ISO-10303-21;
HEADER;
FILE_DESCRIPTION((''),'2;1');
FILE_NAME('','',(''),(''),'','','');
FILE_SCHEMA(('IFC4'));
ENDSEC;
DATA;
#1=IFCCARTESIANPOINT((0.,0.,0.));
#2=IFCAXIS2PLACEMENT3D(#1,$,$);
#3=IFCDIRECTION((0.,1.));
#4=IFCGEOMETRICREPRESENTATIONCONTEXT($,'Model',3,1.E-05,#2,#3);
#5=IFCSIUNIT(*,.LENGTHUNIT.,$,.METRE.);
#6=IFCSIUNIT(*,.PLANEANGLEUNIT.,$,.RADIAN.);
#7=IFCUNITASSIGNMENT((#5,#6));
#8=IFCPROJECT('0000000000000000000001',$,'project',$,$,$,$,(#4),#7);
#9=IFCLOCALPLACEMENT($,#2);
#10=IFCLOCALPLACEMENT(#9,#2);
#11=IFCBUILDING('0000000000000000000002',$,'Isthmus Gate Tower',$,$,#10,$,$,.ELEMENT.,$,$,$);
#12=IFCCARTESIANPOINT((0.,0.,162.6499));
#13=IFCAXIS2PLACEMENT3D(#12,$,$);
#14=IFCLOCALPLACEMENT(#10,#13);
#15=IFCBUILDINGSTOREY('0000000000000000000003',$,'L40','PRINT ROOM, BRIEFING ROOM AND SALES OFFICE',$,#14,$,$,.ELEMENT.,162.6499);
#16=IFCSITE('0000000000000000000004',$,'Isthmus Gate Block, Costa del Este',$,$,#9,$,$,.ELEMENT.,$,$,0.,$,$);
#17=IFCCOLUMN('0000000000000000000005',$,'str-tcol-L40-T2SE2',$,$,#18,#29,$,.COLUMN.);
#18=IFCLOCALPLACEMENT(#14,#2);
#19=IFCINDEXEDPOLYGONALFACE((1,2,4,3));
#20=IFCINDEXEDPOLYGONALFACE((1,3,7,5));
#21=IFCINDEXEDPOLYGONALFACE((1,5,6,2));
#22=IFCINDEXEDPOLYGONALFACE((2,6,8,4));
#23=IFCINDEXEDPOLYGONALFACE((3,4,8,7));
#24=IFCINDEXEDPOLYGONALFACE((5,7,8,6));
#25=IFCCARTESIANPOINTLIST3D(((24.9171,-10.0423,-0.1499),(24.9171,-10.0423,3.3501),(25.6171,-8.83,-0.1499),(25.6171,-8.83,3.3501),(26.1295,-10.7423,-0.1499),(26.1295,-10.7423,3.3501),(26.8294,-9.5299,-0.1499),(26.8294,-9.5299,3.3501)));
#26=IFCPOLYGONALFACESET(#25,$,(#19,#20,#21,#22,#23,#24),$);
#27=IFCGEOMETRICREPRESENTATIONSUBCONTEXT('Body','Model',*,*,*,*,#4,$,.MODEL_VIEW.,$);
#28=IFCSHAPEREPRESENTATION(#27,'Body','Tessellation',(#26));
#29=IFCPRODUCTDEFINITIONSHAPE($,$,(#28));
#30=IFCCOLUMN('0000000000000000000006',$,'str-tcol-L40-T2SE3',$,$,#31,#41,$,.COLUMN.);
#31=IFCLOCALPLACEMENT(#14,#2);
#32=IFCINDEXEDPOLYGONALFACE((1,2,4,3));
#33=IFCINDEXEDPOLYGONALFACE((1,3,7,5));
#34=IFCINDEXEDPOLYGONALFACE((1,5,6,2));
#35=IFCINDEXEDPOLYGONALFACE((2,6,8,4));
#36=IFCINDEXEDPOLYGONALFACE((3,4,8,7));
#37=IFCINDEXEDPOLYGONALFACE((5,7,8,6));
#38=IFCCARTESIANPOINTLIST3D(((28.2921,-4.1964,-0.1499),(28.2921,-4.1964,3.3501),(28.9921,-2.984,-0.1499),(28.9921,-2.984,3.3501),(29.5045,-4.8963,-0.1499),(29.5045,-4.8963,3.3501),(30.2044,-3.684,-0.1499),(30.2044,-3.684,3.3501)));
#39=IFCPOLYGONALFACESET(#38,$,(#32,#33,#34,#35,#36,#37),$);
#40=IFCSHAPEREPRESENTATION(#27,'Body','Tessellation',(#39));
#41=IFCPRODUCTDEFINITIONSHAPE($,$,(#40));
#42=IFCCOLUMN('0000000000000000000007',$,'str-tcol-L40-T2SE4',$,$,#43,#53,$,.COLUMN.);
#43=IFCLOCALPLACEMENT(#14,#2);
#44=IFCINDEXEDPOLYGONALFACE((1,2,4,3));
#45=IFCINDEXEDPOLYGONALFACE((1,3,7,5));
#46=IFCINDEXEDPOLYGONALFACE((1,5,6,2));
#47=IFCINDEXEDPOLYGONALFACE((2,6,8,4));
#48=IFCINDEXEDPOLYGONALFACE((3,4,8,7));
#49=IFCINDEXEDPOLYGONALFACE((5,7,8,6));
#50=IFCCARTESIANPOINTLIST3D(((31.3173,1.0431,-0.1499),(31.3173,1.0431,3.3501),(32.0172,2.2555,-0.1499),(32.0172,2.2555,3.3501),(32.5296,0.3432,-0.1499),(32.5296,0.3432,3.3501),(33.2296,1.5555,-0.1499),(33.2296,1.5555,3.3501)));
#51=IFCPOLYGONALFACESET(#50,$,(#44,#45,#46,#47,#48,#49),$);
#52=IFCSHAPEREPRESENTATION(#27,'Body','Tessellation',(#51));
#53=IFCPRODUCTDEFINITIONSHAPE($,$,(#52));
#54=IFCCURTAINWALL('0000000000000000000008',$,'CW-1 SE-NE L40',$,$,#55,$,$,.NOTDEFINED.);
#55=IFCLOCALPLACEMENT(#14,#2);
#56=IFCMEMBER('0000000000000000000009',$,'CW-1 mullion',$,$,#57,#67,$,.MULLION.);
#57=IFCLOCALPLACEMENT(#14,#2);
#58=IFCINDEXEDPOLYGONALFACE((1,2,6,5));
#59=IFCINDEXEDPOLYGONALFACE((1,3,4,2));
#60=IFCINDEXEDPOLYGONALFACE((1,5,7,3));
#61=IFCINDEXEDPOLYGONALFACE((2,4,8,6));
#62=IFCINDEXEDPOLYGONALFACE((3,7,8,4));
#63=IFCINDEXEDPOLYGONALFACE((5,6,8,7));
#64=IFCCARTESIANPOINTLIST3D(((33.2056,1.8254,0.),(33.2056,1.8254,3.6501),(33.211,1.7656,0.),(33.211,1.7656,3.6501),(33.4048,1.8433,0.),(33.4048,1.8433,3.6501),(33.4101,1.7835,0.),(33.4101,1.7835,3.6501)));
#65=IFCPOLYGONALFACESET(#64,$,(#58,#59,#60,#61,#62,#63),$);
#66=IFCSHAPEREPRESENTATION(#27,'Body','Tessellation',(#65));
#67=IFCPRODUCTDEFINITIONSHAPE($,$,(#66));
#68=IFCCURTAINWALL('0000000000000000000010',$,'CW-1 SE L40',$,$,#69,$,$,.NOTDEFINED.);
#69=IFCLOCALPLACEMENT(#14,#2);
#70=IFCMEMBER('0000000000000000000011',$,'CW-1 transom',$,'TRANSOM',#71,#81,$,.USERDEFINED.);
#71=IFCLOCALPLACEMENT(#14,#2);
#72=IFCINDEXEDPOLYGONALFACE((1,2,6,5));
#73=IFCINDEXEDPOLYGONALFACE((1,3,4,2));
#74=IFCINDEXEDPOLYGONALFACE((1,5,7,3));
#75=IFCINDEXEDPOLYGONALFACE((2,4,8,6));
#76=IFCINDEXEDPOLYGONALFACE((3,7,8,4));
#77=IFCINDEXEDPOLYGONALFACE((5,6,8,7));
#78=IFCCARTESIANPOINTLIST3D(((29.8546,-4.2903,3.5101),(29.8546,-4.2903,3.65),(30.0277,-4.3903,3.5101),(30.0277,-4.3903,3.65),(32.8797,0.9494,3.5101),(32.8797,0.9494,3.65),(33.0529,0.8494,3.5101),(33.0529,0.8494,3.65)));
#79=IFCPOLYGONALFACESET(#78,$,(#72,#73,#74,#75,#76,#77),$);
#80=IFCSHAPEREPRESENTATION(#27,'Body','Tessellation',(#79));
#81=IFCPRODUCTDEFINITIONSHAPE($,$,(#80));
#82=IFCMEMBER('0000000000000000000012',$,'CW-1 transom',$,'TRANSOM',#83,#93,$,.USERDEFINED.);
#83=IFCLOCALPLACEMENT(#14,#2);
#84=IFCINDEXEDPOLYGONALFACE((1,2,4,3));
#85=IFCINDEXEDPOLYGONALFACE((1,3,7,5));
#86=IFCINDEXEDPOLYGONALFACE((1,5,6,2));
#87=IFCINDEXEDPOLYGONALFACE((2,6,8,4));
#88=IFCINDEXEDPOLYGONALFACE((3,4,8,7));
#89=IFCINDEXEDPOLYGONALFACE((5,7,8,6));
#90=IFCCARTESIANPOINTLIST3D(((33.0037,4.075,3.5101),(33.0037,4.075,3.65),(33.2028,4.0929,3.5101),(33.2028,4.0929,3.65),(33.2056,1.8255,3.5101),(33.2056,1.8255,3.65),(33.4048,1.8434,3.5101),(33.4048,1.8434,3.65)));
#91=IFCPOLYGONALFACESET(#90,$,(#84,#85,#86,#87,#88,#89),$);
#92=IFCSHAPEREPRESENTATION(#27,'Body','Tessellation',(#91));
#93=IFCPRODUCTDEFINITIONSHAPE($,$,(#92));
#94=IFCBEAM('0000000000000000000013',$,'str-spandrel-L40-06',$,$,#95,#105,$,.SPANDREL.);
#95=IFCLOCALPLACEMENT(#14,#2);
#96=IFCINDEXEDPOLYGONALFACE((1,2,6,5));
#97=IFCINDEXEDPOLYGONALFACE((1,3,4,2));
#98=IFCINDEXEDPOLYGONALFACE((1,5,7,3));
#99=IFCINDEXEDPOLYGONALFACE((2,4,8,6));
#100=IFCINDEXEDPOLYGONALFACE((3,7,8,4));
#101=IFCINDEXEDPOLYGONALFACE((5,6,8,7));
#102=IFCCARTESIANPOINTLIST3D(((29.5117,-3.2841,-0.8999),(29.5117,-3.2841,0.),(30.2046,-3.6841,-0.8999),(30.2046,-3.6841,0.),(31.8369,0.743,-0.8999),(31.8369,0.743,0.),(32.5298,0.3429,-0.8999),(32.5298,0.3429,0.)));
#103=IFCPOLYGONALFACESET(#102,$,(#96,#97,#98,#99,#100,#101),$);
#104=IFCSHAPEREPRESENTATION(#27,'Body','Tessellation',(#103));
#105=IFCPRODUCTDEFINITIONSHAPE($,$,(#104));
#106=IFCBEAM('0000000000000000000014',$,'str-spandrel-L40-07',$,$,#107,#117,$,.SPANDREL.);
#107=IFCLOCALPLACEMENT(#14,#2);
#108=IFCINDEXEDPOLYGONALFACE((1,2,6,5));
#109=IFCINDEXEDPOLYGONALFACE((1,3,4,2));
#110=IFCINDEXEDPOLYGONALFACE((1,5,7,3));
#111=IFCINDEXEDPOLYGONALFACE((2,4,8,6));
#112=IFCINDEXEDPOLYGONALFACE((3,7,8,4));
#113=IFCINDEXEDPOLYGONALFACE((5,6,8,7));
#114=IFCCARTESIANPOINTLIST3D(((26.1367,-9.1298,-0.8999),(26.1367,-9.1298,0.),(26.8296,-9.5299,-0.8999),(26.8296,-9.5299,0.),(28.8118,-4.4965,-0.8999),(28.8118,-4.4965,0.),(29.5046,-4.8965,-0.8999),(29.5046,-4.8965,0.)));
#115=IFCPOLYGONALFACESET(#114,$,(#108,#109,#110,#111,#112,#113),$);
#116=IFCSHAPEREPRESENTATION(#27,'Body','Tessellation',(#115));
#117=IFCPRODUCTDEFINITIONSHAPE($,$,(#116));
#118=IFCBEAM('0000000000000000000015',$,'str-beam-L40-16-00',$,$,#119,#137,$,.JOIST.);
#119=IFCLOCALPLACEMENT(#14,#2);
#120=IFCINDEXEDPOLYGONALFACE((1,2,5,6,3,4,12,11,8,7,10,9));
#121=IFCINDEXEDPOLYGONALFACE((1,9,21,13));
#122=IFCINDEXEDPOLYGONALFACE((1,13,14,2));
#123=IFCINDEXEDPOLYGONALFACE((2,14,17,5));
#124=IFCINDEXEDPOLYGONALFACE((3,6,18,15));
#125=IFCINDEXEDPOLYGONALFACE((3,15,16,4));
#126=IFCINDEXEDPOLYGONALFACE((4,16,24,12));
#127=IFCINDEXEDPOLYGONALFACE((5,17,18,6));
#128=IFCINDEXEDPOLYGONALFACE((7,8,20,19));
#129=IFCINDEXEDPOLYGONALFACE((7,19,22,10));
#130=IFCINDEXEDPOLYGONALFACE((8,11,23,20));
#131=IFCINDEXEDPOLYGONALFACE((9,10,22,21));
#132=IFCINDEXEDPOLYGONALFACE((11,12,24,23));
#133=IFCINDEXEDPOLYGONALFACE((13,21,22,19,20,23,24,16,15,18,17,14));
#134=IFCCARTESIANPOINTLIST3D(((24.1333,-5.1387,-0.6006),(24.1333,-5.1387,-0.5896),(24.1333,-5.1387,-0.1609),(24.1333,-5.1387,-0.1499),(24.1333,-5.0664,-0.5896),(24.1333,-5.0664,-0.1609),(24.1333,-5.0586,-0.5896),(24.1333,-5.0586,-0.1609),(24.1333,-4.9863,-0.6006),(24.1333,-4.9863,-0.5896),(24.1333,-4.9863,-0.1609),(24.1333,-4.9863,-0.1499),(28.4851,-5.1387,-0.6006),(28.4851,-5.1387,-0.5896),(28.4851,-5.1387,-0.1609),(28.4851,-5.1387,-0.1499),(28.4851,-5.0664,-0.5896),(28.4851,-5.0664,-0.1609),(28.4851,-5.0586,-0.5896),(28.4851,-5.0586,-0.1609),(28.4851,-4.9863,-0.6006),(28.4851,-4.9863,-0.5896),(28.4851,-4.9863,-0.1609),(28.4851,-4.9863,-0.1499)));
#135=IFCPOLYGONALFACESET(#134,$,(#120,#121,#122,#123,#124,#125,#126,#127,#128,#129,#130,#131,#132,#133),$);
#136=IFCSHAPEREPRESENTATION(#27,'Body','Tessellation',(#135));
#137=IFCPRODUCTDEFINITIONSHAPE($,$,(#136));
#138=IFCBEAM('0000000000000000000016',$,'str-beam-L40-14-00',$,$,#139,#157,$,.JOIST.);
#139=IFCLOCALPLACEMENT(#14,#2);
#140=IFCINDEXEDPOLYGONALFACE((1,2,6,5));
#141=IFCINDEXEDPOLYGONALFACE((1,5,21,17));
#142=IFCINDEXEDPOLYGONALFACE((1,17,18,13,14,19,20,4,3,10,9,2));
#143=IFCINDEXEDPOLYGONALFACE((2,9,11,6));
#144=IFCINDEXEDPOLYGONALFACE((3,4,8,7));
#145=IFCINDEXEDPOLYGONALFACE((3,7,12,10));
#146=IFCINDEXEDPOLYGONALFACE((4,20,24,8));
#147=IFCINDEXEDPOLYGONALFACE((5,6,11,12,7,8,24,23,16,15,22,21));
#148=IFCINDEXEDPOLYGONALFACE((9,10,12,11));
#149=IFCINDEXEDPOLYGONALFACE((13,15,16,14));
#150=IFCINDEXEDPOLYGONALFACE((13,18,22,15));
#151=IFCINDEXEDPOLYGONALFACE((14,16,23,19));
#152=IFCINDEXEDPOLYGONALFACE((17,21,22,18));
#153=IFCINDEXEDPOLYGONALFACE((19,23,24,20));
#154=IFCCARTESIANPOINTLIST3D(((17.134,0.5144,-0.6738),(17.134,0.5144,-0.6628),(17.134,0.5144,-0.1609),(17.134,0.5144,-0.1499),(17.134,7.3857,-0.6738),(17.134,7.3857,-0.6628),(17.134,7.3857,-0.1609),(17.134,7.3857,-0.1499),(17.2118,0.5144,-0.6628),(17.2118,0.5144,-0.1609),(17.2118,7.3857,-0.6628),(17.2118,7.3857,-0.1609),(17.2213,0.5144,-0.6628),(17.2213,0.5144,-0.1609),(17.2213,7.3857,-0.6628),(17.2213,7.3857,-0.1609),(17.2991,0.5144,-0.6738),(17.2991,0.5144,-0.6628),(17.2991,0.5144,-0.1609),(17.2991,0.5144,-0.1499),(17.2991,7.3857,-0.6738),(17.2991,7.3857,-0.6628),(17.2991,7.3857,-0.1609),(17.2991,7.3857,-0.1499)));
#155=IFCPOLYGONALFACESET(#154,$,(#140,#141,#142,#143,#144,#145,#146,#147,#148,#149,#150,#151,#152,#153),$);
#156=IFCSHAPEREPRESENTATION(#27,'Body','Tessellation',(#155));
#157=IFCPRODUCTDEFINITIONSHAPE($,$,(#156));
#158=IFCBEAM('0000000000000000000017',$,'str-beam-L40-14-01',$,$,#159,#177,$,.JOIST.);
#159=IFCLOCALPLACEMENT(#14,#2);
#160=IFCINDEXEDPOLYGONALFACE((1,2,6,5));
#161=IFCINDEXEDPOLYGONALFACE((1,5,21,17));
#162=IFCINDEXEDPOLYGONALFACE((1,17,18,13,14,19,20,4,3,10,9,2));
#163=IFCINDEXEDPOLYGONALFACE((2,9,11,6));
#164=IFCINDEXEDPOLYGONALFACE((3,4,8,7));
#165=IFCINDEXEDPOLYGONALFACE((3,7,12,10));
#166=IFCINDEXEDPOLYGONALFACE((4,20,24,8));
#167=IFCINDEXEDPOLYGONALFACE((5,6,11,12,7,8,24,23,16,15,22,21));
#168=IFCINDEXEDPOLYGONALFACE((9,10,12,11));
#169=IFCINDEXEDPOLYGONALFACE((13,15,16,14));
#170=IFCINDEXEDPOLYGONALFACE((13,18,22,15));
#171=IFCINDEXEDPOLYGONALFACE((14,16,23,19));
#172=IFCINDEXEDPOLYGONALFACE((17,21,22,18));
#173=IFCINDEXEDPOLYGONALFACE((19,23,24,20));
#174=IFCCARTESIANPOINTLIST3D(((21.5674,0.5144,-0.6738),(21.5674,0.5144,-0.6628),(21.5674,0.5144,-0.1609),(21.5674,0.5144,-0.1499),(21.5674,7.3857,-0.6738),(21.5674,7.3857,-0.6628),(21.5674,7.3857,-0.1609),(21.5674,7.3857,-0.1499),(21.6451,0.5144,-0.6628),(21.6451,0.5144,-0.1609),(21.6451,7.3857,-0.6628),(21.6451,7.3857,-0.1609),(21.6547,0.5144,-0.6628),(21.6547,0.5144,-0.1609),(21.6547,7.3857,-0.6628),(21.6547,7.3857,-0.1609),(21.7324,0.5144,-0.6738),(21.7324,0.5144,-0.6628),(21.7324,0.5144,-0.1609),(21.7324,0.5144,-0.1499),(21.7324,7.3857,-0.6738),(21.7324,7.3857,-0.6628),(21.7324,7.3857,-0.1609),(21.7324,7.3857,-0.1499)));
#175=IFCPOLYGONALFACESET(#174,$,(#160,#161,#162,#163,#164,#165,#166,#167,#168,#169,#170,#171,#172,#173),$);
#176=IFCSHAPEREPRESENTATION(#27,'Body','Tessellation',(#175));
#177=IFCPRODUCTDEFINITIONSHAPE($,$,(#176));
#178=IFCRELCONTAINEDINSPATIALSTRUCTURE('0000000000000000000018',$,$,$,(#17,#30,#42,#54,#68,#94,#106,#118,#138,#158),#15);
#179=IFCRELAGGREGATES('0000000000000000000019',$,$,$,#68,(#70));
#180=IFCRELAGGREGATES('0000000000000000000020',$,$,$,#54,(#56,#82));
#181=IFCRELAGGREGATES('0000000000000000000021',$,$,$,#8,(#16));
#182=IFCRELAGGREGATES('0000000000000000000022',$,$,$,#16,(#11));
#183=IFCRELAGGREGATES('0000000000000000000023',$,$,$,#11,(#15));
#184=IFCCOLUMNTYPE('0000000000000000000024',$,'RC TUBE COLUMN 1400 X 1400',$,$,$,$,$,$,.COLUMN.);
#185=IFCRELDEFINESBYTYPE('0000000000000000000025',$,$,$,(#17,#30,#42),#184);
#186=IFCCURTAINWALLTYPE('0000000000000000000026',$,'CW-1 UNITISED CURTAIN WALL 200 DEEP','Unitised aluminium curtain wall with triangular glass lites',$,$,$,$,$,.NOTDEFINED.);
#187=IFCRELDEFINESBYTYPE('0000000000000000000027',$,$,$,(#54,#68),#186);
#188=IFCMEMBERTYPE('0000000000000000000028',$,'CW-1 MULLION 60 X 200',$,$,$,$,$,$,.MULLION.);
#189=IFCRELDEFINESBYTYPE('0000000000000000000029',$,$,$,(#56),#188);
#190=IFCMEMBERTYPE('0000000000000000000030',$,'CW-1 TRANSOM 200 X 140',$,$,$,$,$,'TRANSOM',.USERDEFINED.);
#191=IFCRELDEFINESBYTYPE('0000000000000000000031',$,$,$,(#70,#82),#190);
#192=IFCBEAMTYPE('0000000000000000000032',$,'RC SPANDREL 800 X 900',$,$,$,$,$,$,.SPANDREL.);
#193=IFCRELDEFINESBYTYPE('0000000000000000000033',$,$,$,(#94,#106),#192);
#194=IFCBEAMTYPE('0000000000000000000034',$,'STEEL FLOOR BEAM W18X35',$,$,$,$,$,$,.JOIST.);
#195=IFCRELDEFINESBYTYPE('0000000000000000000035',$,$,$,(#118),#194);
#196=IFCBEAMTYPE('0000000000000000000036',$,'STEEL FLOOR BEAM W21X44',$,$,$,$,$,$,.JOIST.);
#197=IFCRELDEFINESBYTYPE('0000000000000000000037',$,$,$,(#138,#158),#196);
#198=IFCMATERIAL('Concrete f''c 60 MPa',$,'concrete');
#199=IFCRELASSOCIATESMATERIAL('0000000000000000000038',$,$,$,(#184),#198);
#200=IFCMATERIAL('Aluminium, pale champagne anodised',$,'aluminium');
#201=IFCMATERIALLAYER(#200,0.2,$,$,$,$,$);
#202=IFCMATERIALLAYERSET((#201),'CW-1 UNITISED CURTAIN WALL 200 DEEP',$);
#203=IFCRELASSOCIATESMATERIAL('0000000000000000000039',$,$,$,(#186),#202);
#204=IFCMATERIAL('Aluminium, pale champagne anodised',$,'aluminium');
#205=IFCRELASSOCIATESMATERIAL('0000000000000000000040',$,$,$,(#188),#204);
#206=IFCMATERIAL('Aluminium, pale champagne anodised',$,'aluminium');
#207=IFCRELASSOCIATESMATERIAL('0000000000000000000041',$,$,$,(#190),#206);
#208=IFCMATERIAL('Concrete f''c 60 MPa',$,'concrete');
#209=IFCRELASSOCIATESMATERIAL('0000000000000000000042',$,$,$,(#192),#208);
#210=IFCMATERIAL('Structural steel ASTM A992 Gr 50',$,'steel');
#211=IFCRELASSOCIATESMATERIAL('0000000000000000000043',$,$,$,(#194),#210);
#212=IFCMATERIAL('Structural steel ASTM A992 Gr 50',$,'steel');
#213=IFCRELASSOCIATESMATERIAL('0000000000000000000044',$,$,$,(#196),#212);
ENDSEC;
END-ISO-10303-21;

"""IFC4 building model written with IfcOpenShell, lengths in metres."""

from ifc_helpers import new_model, si_unit, direction, frame, origin, origin_2d, place, context, subcontext, project, spatial, rectangle, i_section, extrude, material, layer, layer_set, material_profile, profile_set, type_object, element, aggregate, save


model = new_model("IFC4")

# Units and contexts
model_context = context("Model", 3, precision=1e-05, world=origin(), true_north=direction((0.0, 1.0)))
body_context = subcontext(model_context, "Body", "Model", "MODEL_VIEW")
ifc_project = project(units=[si_unit("LENGTHUNIT", "METRE"), si_unit("PLANEANGLEUNIT", "RADIAN")], contexts=[model_context])

# Site, building, storey
site_placement = place(None, origin())
site = spatial("IfcSite", under=ifc_project, at=site_placement, Name="Isthmus Gate Block, Costa del Este", CompositionType="ELEMENT", RefElevation=0.0)
building_placement = place(site_placement, origin())
building = spatial("IfcBuilding", under=site, at=building_placement, Name="Isthmus Gate Tower", CompositionType="ELEMENT")
storey_placement = place(building_placement, frame((0.0, 0.0, 162.6499)))
storey = spatial("IfcBuildingStorey", under=building, at=storey_placement, Name="L40", Description="PRINT ROOM, BRIEFING ROOM AND SALES OFFICE", CompositionType="ELEMENT", Elevation=162.6499)

# Columns
ifc_material_1 = material(Name="Concrete f'c 60 MPa", Category="concrete")
ifc_material_profile_1 = material_profile(ifc_material_1, rectangle(XDim=1.3999, YDim=1.3999, at=origin_2d()), Name="RC 1400X1400")
ifc_profile_set_1 = profile_set([ifc_material_profile_1], Name="Concrete f'c 60 MPa")
column_type = type_object("IfcColumnType", Name="RC TUBE COLUMN 1400 X 1400", PredefinedType="COLUMN", material=ifc_profile_set_1)
for number, where, z_axis, x_axis, name in (
    (1, (25.8733, -9.7861, -0.1499), (0.0, 0.0, 1.0), (0.5, 0.866025, 0.0), "str-tcol-L40-T2SE2"),
    (2, (29.2483, -3.9402, -0.1499), (0.0, 0.0, 1.0), (0.5, 0.866025, 0.0), "str-tcol-L40-T2SE3"),
    (3, (32.2734, 1.2993, -0.1499), (0.0, 0.0, 1.0), (0.5, 0.866025, 0.0), "str-tcol-L40-T2SE4"),
):
    element("IfcColumn", number, at=place(storey_placement, frame(where, z_axis=z_axis, x_axis=x_axis)), inside=storey, type_object=column_type, Name=name, PredefinedType="COLUMN", context=body_context, shape_type="SweptSolid", body=[
        extrude(rectangle(XDim=1.3999, YDim=1.3999, at=origin_2d()), origin(), (0.0, 0.0, 1.0), 3.5),
    ])

# Curtain walls, members
ifc_material_2 = material(Name="Aluminium, pale champagne anodised", Category="aluminium")
ifc_layer_1 = layer(ifc_material_2, 0.2)
ifc_layer_set_1 = layer_set([ifc_layer_1], Name="CW-1 UNITISED CURTAIN WALL 200 DEEP")
curtain_wall_type = type_object("IfcCurtainWallType", Name="CW-1 UNITISED CURTAIN WALL 200 DEEP", Description="Unitised aluminium curtain wall with triangular glass lites", PredefinedType="NOTDEFINED", material=ifc_layer_set_1)
curtain_wall_1_placement = place(storey_placement, origin())
curtain_wall_1 = element("IfcCurtainWall", 4, at=curtain_wall_1_placement, inside=storey, type_object=curtain_wall_type, Name="CW-1 SE-NE L40", PredefinedType="NOTDEFINED")
ifc_material_3 = material(Name="Aluminium, pale champagne anodised", Category="aluminium")
ifc_material_profile_2 = material_profile(ifc_material_3, rectangle(XDim=0.0601, YDim=0.2, at=origin_2d()), Name="60x200")
ifc_profile_set_2 = profile_set([ifc_material_profile_2], Name="Aluminium, pale champagne anodised")
member_type_1 = type_object("IfcMemberType", Name="CW-1 MULLION 60 X 200", PredefinedType="MULLION", material=ifc_profile_set_2)
member_1_placement = place(storey_placement, frame((33.3079, 1.8044, 0.0), z_axis=(0.0, 0.0, 1.0), x_axis=(-0.089397, 0.995996, 0.0)))
member_1 = element("IfcMember", 5, at=member_1_placement, type_object=member_type_1, Name="CW-1 mullion", PredefinedType="MULLION", context=body_context, shape_type="SweptSolid", body=[
    extrude(rectangle(XDim=0.0601, YDim=0.2, at=origin_2d()), origin(), (0.0, 0.0, 1.0), 3.6501),
])
curtain_wall_2_placement = place(storey_placement, origin())
curtain_wall_2 = element("IfcCurtainWall", 6, at=curtain_wall_2_placement, inside=storey, type_object=curtain_wall_type, Name="CW-1 SE L40", PredefinedType="NOTDEFINED")
ifc_material_4 = material(Name="Aluminium, pale champagne anodised", Category="aluminium")
ifc_material_profile_3 = material_profile(ifc_material_4, rectangle(XDim=0.2, YDim=0.1399, at=origin_2d()), Name="200x140")
ifc_profile_set_3 = profile_set([ifc_material_profile_3], Name="Aluminium, pale champagne anodised")
member_type_2 = type_object("IfcMemberType", Name="CW-1 TRANSOM 200 X 140", ElementType="TRANSOM", PredefinedType="USERDEFINED", material=ifc_profile_set_3)
member_2_placement = place(storey_placement, frame((29.9412, -4.3403, 3.5801), z_axis=(0.499997, 0.866027, 0.0), x_axis=(-0.866027, 0.499997, 0.0)))
member_2 = element("IfcMember", 7, at=member_2_placement, type_object=member_type_2, Name="CW-1 transom", ObjectType="TRANSOM", PredefinedType="USERDEFINED", context=body_context, shape_type="SweptSolid", body=[
    extrude(rectangle(XDim=0.2, YDim=0.1399, at=origin_2d()), origin(), (0.0, 0.0, 1.0), 6.0503),
])

# Member
member_3_placement = place(storey_placement, frame((33.3052, 1.8345, 3.5801), z_axis=(-0.089395, 0.995996, 0.0), x_axis=(-0.995996, -0.089395, 0.0)))
member_3 = element("IfcMember", 8, at=member_3_placement, type_object=member_type_2, Name="CW-1 transom", ObjectType="TRANSOM", PredefinedType="USERDEFINED", context=body_context, shape_type="SweptSolid", body=[
    extrude(rectangle(XDim=0.2, YDim=0.1399, at=origin_2d()), origin(), (0.0, 0.0, 1.0), 2.2585),
])

# Beams
ifc_material_5 = material(Name="Concrete f'c 60 MPa", Category="concrete")
ifc_material_profile_4 = material_profile(ifc_material_5, rectangle(XDim=0.8, YDim=0.8999, at=origin_2d()), Name="RC 800X900")
ifc_profile_set_4 = profile_set([ifc_material_profile_4], Name="Concrete f'c 60 MPa")
beam_type_1 = type_object("IfcBeamType", Name="RC SPANDREL 800 X 900", PredefinedType="SPANDREL", material=ifc_profile_set_4)
beam_1_placement = place(storey_placement, frame((32.1833, 0.543, -0.45), z_axis=(-0.500024, -0.866012, 0.0), x_axis=(0.866012, -0.500024, 0.0)))
element("IfcBeam", 9, at=beam_1_placement, inside=storey, type_object=beam_type_1, Name="str-spandrel-L40-06", PredefinedType="SPANDREL", context=body_context, shape_type="SweptSolid", body=[
    extrude(rectangle(XDim=0.8, YDim=0.8999, at=origin_2d()), origin(), (0.0, 0.0, 1.0), 4.6501),
])
beam_2_placement = place(storey_placement, frame((29.1582, -4.6965, -0.45), z_axis=(-0.500002, -0.866024, 0.0), x_axis=(0.866024, -0.500002, 0.0)))
element("IfcBeam", 10, at=beam_2_placement, inside=storey, type_object=beam_type_1, Name="str-spandrel-L40-07", PredefinedType="SPANDREL", context=body_context, shape_type="SweptSolid", body=[
    extrude(rectangle(XDim=0.8, YDim=0.8999, at=origin_2d()), origin(), (0.0, 0.0, 1.0), 5.3501),
])
ifc_material_6 = material(Name="Structural steel ASTM A992 Gr 50", Category="steel")
ifc_material_profile_5 = material_profile(ifc_material_6, i_section(OverallWidth=0.1523, OverallDepth=0.4507, WebThickness=0.0078, FlangeThickness=0.011, at=origin_2d()), Name="W18X35")
ifc_profile_set_5 = profile_set([ifc_material_profile_5], Name="Structural steel ASTM A992 Gr 50")
beam_type_2 = type_object("IfcBeamType", Name="STEEL FLOOR BEAM W18X35", PredefinedType="JOIST", material=ifc_profile_set_5)
beam_3_placement = place(storey_placement, frame((24.1333, -5.0625, -0.3752), z_axis=(1.0, 0.0, 0.0), x_axis=(0.0, 1.0, 0.0)))
element("IfcBeam", 11, at=beam_3_placement, inside=storey, type_object=beam_type_2, Name="str-beam-L40-16-00", PredefinedType="JOIST", context=body_context, shape_type="SweptSolid", body=[
    extrude(i_section(OverallWidth=0.1523, OverallDepth=0.4507, WebThickness=0.0078, FlangeThickness=0.011, at=origin_2d()), origin(), (0.0, 0.0, 1.0), 4.3518),
])
ifc_material_7 = material(Name="Structural steel ASTM A992 Gr 50", Category="steel")
ifc_material_profile_6 = material_profile(ifc_material_7, i_section(OverallWidth=0.165, OverallDepth=0.5239, WebThickness=0.0095, FlangeThickness=0.011, at=origin_2d()), Name="W21X44")
ifc_profile_set_6 = profile_set([ifc_material_profile_6], Name="Structural steel ASTM A992 Gr 50")
beam_type_3 = type_object("IfcBeamType", Name="STEEL FLOOR BEAM W21X44", PredefinedType="JOIST", material=ifc_profile_set_6)
for number, where, z_axis, x_axis, name in (
    (12, (17.2166, 0.5144, -0.4119), (0.0, 1.0, 0.0), (-1.0, 0.0, 0.0), "str-beam-L40-14-00"),
    (13, (21.6499, 0.5144, -0.4119), (0.0, 1.0, 0.0), (-1.0, 0.0, 0.0), "str-beam-L40-14-01"),
):
    element("IfcBeam", number, at=place(storey_placement, frame(where, z_axis=z_axis, x_axis=x_axis)), inside=storey, type_object=beam_type_3, Name=name, PredefinedType="JOIST", context=body_context, shape_type="SweptSolid", body=[
        extrude(i_section(OverallWidth=0.165, OverallDepth=0.5239, WebThickness=0.0095, FlangeThickness=0.011, at=origin_2d()), origin(), (0.0, 0.0, 1.0), 6.8713),
    ])

aggregate(curtain_wall_2, [member_2])
aggregate(curtain_wall_1, [member_1, member_3])

save(model, "model.ifc")
